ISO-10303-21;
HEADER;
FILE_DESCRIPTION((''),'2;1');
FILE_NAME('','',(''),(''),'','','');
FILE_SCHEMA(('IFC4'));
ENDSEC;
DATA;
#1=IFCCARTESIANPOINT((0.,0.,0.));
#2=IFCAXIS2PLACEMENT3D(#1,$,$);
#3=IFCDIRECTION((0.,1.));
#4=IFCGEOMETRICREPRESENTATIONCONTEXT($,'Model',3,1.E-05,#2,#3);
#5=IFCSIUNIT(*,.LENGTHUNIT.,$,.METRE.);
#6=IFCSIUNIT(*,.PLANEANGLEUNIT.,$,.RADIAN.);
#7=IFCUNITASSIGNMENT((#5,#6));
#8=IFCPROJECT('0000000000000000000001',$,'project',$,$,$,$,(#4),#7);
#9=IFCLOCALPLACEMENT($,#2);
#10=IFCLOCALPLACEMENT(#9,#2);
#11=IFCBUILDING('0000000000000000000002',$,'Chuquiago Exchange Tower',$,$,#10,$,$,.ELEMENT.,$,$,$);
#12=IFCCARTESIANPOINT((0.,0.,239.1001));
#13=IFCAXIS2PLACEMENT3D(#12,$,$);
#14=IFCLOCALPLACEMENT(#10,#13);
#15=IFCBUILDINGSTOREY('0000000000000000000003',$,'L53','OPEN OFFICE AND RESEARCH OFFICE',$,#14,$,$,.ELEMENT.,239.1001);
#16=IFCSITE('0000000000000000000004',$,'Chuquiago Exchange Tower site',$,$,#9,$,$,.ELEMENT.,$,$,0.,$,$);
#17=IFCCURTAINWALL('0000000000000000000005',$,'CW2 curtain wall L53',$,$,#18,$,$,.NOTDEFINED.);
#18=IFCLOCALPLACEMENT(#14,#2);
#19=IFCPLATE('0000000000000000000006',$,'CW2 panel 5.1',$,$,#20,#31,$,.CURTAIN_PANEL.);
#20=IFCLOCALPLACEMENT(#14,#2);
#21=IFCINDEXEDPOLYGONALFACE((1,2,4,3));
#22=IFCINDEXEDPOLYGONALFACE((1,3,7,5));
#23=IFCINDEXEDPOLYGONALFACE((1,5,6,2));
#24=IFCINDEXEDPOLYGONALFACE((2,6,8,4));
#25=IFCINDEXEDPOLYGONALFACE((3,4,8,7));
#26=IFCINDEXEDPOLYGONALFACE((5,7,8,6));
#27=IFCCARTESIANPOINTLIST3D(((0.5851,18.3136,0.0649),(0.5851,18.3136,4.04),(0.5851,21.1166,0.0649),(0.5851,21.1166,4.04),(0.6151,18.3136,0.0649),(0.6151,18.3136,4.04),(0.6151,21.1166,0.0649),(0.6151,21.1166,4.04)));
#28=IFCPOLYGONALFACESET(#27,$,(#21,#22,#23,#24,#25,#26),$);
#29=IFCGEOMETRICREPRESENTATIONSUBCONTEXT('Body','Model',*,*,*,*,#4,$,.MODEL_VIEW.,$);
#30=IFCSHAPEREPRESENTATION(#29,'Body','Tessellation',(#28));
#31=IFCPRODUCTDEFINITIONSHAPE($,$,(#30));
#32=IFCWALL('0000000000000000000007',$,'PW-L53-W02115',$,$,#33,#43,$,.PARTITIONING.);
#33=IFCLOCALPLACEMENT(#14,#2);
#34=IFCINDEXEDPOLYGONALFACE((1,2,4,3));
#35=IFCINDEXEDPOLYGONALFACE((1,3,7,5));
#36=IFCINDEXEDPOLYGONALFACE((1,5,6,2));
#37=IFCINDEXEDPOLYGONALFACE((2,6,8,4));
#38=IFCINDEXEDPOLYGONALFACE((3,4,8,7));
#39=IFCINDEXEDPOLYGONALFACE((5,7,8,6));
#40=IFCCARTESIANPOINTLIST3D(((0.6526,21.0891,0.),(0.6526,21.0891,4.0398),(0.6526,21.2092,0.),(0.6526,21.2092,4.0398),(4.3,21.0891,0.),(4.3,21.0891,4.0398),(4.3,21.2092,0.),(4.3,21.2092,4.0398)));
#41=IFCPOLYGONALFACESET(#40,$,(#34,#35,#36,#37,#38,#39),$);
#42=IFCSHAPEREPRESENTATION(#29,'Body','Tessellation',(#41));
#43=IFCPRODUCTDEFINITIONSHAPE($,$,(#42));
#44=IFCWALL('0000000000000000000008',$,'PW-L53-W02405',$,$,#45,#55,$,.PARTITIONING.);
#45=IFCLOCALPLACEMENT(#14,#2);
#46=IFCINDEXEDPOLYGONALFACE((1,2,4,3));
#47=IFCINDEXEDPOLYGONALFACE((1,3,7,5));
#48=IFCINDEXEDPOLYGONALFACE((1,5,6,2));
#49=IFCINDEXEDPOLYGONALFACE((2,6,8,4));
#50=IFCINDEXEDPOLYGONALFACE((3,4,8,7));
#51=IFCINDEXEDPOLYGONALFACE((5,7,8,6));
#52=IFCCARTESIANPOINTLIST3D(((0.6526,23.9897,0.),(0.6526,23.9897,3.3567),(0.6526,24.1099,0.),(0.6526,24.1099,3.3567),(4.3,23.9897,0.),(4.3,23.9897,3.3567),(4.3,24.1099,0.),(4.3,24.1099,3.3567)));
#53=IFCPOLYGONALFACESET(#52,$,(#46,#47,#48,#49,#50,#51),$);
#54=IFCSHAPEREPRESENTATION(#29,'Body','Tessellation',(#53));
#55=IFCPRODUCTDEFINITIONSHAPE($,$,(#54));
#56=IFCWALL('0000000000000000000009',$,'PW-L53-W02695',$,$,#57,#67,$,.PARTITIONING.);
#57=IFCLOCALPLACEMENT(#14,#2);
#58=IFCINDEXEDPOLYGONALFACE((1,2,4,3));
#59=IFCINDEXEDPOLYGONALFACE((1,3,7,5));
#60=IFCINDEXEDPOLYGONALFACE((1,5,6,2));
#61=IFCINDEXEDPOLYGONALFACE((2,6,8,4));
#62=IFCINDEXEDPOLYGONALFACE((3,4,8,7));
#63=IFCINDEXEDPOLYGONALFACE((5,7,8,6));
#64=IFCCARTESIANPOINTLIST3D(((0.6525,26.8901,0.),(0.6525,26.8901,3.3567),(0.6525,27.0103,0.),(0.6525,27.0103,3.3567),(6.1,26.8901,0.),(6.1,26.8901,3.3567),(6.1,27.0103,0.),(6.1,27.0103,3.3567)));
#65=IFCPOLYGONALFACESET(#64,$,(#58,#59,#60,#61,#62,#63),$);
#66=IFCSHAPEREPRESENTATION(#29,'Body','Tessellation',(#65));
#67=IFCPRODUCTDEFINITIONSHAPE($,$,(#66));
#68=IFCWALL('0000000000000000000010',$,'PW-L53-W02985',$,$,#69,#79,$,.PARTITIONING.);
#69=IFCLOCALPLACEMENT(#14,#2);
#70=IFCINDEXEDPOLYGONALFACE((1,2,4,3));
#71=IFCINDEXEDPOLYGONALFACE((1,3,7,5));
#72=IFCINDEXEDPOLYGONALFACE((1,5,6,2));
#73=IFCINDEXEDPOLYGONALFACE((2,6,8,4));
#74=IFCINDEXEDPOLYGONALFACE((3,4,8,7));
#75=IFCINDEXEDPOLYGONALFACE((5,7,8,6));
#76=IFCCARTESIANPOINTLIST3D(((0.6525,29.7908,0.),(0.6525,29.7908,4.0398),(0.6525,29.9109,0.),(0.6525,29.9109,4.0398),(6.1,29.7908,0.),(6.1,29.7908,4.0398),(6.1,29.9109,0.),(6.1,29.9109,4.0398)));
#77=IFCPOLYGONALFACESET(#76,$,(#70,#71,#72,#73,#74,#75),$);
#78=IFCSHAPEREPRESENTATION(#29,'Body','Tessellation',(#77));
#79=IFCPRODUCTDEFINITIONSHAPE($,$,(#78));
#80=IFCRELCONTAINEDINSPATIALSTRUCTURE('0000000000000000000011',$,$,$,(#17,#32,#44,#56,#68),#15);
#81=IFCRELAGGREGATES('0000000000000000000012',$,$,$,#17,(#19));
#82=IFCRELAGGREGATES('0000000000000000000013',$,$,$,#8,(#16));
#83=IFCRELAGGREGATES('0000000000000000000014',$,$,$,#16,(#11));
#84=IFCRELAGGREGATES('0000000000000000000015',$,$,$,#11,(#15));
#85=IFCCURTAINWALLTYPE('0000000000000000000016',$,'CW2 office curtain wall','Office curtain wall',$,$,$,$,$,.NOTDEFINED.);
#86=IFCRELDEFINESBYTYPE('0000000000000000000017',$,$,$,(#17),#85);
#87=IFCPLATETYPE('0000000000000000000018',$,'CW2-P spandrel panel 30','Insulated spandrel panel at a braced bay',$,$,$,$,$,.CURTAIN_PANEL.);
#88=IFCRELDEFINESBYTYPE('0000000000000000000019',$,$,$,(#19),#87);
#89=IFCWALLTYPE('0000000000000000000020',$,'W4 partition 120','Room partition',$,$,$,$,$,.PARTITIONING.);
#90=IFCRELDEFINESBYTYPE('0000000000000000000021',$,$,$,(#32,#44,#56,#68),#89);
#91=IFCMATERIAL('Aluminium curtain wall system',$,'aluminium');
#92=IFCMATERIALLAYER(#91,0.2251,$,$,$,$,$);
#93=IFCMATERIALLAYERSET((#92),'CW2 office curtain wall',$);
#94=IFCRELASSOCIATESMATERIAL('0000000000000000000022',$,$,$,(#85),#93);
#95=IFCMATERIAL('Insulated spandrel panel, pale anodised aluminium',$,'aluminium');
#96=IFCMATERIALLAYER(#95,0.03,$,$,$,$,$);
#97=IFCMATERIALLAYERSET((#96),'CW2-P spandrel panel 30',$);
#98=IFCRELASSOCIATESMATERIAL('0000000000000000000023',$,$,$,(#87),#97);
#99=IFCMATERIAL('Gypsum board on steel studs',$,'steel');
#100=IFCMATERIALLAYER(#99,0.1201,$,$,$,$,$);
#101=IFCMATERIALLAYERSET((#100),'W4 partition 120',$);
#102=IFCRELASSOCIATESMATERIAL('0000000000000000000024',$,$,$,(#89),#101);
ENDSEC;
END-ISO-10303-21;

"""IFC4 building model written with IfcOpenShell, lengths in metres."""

from ifc_helpers import new_model, si_unit, direction, frame, frame_2d, origin, origin_2d, place, context, subcontext, project, spatial, rectangle, extrude, material, layer, layer_set, type_object, element, aggregate, save


model = new_model("IFC4")

# Units and contexts
model_context = context("Model", 3, precision=1e-05, world=origin(), true_north=direction((0.0, 1.0)))
body_context = subcontext(model_context, "Body", "Model", "MODEL_VIEW")
ifc_project = project(units=[si_unit("LENGTHUNIT", "METRE"), si_unit("PLANEANGLEUNIT", "RADIAN")], contexts=[model_context])

# Site, building, storey
site_placement = place(None, origin())
site = spatial("IfcSite", under=ifc_project, at=site_placement, Name="Chuquiago Exchange Tower site", CompositionType="ELEMENT", RefElevation=0.0)
building_placement = place(site_placement, origin())
building = spatial("IfcBuilding", under=site, at=building_placement, Name="Chuquiago Exchange Tower", CompositionType="ELEMENT")
storey_placement = place(building_placement, frame((0.0, 0.0, 239.1001)))
storey = spatial("IfcBuildingStorey", under=building, at=storey_placement, Name="L53", Description="OPEN OFFICE AND RESEARCH OFFICE", CompositionType="ELEMENT", Elevation=239.1001)

# Curtain wall
ifc_material_1 = material(Name="Aluminium curtain wall system", Category="aluminium")
ifc_layer_1 = layer(ifc_material_1, 0.2251)
ifc_layer_set_1 = layer_set([ifc_layer_1], Name="CW2 office curtain wall")
curtain_wall_type = type_object("IfcCurtainWallType", Name="CW2 office curtain wall", Description="Office curtain wall", PredefinedType="NOTDEFINED", material=ifc_layer_set_1)
curtain_wall_placement = place(storey_placement, origin())
curtain_wall = element("IfcCurtainWall", 1, at=curtain_wall_placement, inside=storey, type_object=curtain_wall_type, Name="CW2 curtain wall L53", PredefinedType="NOTDEFINED")

# Plate
ifc_material_2 = material(Name="Insulated spandrel panel, pale anodised aluminium", Category="aluminium")
ifc_layer_2 = layer(ifc_material_2, 0.03)
ifc_layer_set_2 = layer_set([ifc_layer_2], Name="CW2-P spandrel panel 30")
plate_type_1 = type_object("IfcPlateType", Name="CW2-P spandrel panel 30", Description="Insulated spandrel panel at a braced bay", PredefinedType="CURTAIN_PANEL", material=ifc_layer_set_2)
plate_1_placement = place(storey_placement, frame((0.6001, 19.7151, 0.0649), z_axis=(0.0, 0.0, 1.0), x_axis=(0.0, -1.0, 0.0)))
plate_1 = element("IfcPlate", 2, at=plate_1_placement, type_object=plate_type_1, Name="CW2 panel 5.1", PredefinedType="CURTAIN_PANEL", context=body_context, shape_type="SweptSolid", body=[
    extrude(rectangle(XDim=2.803, YDim=0.03, at=origin_2d()), origin(), (0.0, 0.0, 1.0), 3.9751),
])
aggregate(curtain_wall, [plate_1])

# Walls
ifc_material_3 = material(Name="Gypsum board on steel studs", Category="steel")
ifc_layer_3 = layer(ifc_material_3, 0.1201)
ifc_layer_set_3 = layer_set([ifc_layer_3], Name="W4 partition 120")
wall_type = type_object("IfcWallType", Name="W4 partition 120", Description="Room partition", PredefinedType="PARTITIONING", material=ifc_layer_set_3)
wall_1_placement = place(storey_placement, frame((0.6526, 21.1492, 0.0), z_axis=(0.0, 0.0, 1.0), x_axis=(1.0, 0.0, 0.0)))
element("IfcWall", 3, at=wall_1_placement, inside=storey, type_object=wall_type, Name="PW-L53-W02115", PredefinedType="PARTITIONING", context=body_context, shape_type="SweptSolid", body=[
    extrude(rectangle(XDim=3.6475, YDim=0.1201, at=frame_2d((1.8237, 0.0))), origin(), (0.0, 0.0, 1.0), 4.0398),
])
wall_2_placement = place(storey_placement, frame((0.6526, 24.0498, 0.0), z_axis=(0.0, 0.0, 1.0), x_axis=(1.0, 0.0, 0.0)))
element("IfcWall", 4, at=wall_2_placement, inside=storey, type_object=wall_type, Name="PW-L53-W02405", PredefinedType="PARTITIONING", context=body_context, shape_type="SweptSolid", body=[
    extrude(rectangle(XDim=3.6475, YDim=0.1201, at=frame_2d((1.8237, 0.0))), origin(), (0.0, 0.0, 1.0), 3.3567),
])
wall_3_placement = place(storey_placement, frame((0.6526, 26.9502, 0.0), z_axis=(0.0, 0.0, 1.0), x_axis=(1.0, 0.0, 0.0)))
element("IfcWall", 5, at=wall_3_placement, inside=storey, type_object=wall_type, Name="PW-L53-W02695", PredefinedType="PARTITIONING", context=body_context, shape_type="SweptSolid", body=[
    extrude(rectangle(XDim=5.4475, YDim=0.1201, at=frame_2d((2.7236, 0.0))), origin(), (0.0, 0.0, 1.0), 3.3567),
])
wall_4_placement = place(storey_placement, frame((0.6526, 29.8508, 0.0), z_axis=(0.0, 0.0, 1.0), x_axis=(1.0, 0.0, 0.0)))
element("IfcWall", 6, at=wall_4_placement, inside=storey, type_object=wall_type, Name="PW-L53-W02985", PredefinedType="PARTITIONING", context=body_context, shape_type="SweptSolid", body=[
    extrude(rectangle(XDim=5.4475, YDim=0.1201, at=frame_2d((2.7236, 0.0))), origin(), (0.0, 0.0, 1.0), 4.0398),
])

save(model, "model.ifc")
